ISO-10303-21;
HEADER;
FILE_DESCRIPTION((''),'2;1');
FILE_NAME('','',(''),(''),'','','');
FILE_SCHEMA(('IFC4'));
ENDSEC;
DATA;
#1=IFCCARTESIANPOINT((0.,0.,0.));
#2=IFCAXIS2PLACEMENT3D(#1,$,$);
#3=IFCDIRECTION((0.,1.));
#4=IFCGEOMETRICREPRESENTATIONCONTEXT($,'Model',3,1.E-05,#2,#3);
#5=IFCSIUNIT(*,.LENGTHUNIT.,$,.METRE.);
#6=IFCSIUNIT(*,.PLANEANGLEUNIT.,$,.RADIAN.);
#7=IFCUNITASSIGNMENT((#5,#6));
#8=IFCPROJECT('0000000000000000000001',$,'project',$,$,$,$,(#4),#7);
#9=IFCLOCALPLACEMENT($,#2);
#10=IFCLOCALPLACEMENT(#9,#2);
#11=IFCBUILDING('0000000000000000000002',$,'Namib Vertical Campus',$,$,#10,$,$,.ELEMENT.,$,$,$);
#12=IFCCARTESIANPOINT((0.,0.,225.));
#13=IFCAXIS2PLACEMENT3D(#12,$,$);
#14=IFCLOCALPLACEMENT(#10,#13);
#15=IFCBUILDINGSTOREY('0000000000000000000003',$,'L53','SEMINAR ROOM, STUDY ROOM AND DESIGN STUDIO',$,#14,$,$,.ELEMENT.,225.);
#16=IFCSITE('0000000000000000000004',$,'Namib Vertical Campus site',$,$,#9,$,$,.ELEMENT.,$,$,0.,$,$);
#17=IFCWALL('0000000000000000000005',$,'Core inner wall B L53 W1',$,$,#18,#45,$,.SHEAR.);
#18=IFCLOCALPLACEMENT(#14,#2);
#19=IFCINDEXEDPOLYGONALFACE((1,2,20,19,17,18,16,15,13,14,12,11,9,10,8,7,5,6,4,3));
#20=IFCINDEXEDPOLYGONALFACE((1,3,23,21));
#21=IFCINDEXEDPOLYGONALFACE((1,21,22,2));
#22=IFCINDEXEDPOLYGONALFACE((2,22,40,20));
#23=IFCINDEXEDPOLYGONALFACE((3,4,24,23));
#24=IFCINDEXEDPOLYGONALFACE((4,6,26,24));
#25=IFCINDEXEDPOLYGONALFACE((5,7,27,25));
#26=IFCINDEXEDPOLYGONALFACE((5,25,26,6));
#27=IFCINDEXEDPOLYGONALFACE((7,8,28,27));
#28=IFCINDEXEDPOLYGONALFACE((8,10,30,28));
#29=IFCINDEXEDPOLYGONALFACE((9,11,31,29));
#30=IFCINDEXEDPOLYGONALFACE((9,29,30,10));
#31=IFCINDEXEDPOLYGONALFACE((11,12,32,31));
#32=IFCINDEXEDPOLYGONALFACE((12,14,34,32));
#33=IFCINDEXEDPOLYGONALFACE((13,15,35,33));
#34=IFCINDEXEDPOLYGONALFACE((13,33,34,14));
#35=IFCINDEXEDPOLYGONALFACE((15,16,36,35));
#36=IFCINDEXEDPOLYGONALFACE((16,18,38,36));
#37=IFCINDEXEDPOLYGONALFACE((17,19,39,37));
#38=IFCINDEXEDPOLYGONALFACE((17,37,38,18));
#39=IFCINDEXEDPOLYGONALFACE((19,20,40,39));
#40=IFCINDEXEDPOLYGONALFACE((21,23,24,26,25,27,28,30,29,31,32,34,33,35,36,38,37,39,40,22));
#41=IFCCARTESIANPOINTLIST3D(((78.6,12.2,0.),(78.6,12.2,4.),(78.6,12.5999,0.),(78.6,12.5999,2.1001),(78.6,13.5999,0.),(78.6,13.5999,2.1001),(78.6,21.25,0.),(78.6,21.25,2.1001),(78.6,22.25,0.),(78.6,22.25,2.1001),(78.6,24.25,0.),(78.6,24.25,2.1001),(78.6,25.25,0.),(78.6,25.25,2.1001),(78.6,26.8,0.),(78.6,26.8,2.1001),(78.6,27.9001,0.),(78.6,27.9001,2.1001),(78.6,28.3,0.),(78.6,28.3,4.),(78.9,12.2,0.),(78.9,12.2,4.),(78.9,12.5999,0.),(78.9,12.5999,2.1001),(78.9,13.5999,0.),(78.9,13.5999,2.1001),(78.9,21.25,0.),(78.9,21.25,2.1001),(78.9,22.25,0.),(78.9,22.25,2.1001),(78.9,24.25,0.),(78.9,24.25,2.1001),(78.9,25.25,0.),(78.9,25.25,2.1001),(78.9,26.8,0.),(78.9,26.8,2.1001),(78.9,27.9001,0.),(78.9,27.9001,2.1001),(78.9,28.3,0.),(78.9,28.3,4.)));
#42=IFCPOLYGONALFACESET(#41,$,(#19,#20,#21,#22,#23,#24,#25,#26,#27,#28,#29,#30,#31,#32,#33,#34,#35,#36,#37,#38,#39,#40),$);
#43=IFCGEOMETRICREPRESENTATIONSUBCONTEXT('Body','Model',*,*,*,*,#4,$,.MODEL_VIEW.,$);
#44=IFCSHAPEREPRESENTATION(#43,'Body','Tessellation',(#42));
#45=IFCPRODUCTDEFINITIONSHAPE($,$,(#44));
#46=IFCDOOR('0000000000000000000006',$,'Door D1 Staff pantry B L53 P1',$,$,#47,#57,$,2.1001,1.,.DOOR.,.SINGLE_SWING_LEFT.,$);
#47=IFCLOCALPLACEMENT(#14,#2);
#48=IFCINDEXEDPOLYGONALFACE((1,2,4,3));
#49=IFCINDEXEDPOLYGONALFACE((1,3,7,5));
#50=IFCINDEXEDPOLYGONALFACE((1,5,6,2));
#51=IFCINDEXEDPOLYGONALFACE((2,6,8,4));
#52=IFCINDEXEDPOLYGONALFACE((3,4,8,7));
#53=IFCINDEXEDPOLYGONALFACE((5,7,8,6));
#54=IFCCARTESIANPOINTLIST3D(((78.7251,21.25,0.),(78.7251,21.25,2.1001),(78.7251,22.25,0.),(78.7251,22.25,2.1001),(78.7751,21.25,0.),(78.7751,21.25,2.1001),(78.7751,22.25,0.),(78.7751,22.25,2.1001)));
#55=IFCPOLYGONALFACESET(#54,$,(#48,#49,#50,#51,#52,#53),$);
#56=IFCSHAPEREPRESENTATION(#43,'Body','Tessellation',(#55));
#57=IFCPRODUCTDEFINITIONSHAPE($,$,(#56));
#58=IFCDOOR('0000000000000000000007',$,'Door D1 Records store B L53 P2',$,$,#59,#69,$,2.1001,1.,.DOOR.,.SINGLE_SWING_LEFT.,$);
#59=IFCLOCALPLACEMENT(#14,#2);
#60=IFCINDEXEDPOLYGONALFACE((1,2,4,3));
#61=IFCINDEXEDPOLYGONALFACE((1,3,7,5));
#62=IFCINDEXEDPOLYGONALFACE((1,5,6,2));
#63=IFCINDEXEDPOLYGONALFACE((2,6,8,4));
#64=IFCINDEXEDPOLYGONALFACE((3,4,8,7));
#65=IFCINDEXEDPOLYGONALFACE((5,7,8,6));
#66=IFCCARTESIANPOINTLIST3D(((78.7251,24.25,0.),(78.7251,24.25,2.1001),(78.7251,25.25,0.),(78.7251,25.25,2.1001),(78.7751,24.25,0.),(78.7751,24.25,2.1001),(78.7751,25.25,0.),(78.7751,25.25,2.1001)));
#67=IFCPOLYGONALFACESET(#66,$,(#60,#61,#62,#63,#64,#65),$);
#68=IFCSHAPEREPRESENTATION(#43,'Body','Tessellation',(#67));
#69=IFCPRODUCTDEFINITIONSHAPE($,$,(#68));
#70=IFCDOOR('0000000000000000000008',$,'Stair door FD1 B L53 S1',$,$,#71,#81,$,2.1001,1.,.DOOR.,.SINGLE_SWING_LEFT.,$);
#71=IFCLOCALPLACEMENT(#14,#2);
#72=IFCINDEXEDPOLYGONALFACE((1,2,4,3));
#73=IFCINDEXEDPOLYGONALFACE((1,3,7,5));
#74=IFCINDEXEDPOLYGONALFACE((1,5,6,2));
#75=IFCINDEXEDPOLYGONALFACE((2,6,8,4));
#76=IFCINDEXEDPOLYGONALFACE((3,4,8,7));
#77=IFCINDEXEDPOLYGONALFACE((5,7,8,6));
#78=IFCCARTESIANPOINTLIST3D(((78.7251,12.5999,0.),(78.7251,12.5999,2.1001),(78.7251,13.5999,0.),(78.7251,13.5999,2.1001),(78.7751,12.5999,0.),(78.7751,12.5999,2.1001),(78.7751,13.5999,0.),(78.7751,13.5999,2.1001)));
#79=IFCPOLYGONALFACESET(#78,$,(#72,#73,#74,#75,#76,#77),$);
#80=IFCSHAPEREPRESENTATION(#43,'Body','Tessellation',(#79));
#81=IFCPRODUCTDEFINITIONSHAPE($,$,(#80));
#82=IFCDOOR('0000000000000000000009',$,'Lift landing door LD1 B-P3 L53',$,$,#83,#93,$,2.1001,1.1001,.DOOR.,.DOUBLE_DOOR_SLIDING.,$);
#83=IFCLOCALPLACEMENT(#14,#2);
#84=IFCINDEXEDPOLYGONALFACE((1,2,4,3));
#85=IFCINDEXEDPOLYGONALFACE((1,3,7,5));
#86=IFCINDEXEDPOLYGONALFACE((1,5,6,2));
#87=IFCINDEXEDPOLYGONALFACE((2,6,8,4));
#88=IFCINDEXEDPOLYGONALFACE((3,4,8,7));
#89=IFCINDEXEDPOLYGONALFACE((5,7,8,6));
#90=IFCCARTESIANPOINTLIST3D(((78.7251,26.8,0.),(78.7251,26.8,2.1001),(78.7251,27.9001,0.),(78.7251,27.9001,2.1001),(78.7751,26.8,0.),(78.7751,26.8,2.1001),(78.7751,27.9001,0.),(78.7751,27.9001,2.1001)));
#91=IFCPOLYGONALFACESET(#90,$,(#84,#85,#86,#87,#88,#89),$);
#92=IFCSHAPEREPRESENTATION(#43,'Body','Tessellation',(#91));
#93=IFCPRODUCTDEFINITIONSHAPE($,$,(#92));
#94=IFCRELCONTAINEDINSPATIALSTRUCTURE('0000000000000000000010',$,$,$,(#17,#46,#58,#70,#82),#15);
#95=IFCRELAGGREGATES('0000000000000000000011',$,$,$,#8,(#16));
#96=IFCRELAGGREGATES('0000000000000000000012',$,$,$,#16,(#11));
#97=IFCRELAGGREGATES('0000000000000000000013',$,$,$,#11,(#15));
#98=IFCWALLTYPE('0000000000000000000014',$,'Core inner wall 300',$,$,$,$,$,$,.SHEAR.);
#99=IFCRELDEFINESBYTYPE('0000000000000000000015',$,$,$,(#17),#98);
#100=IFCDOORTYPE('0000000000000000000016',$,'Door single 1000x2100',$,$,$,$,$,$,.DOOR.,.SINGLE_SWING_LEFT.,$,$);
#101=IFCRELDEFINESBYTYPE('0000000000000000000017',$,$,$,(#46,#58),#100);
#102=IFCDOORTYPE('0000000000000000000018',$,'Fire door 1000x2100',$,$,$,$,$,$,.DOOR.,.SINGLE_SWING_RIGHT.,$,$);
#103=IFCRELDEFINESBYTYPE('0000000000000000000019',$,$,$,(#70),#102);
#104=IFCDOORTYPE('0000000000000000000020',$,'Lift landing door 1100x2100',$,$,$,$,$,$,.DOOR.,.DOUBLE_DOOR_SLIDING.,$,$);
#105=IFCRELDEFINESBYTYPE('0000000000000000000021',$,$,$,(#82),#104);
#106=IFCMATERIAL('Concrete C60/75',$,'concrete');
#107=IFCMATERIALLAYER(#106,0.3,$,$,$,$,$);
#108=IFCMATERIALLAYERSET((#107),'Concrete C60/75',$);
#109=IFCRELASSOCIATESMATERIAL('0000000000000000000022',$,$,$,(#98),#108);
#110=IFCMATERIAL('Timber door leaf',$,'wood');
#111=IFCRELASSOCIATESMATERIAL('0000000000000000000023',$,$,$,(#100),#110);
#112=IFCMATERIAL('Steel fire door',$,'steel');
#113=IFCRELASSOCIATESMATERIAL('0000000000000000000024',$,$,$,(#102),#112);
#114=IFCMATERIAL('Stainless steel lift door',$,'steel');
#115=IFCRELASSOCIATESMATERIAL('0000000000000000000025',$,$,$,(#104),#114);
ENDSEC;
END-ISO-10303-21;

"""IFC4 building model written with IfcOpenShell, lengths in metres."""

from ifc_helpers import new_model, si_unit, direction, frame, frame_2d, origin, place, context, subcontext, project, spatial, rectangle, extrude, material, layer, layer_set, type_object, element, fill, save


model = new_model("IFC4")

# Units and contexts
model_context = context("Model", 3, precision=1e-05, world=origin(), true_north=direction((0.0, 1.0)))
body_context = subcontext(model_context, "Body", "Model", "MODEL_VIEW")
ifc_project = project(units=[si_unit("LENGTHUNIT", "METRE"), si_unit("PLANEANGLEUNIT", "RADIAN")], contexts=[model_context])

# Site, building, storey
site_placement = place(None, origin())
site = spatial("IfcSite", under=ifc_project, at=site_placement, Name="Namib Vertical Campus site", CompositionType="ELEMENT", RefElevation=0.0)
building_placement = place(site_placement, origin())
building = spatial("IfcBuilding", under=site, at=building_placement, Name="Namib Vertical Campus", CompositionType="ELEMENT")
storey_placement = place(building_placement, frame((0.0, 0.0, 225.0)))
storey = spatial("IfcBuildingStorey", under=building, at=storey_placement, Name="L53", Description="SEMINAR ROOM, STUDY ROOM AND DESIGN STUDIO", CompositionType="ELEMENT", Elevation=225.0)

# Wall, openings, doors
ifc_material_1 = material(Name="Concrete C60/75", Category="concrete")
ifc_layer_1 = layer(ifc_material_1, 0.3)
ifc_layer_set_1 = layer_set([ifc_layer_1], Name="Concrete C60/75")
wall_type_1 = type_object("IfcWallType", Name="Core inner wall 300", PredefinedType="SHEAR", material=ifc_layer_set_1)
wall_1_placement = place(storey_placement, frame((78.75, 12.2, 0.0), z_axis=(0.0, 0.0, 1.0), x_axis=(0.0, 1.0, 0.0)))
wall_1 = element("IfcWall", 1, at=wall_1_placement, inside=storey, type_object=wall_type_1, Name="Core inner wall B L53 W1", PredefinedType="SHEAR", context=body_context, shape_type="SweptSolid", body=[
    extrude(rectangle(XDim=16.1001, YDim=0.3, at=frame_2d((8.05, 0.0))), origin(), (0.0, 0.0, 1.0), 4.0),
])
opening_1_placement = place(wall_1_placement, frame((0.3999, 0.0, 0.0)))
opening_1 = element("IfcOpeningElement", 2, at=opening_1_placement, cuts=wall_1, PredefinedType="OPENING", context=body_context, shape_type="SweptSolid", body=[
    extrude(rectangle(XDim=1.0, YDim=2.1001, at=frame_2d((0.5, 1.05))), frame((0.0, 0.1599, 0.0), z_axis=(0.0, -1.0, 0.0), x_axis=(1.0, 0.0, 0.0)), (0.0, 0.0, 1.0), 0.3201),
])
opening_2_placement = place(wall_1_placement, frame((14.6001, 0.0, 0.0)))
opening_2 = element("IfcOpeningElement", 3, at=opening_2_placement, cuts=wall_1, PredefinedType="OPENING", context=body_context, shape_type="SweptSolid", body=[
    extrude(rectangle(XDim=1.1001, YDim=2.1001, at=frame_2d((0.55, 1.05))), frame((0.0, 0.1599, 0.0), z_axis=(0.0, -1.0, 0.0), x_axis=(1.0, 0.0, 0.0)), (0.0, 0.0, 1.0), 0.3201),
])
opening_3_placement = place(wall_1_placement, frame((9.05, 0.0, 0.0)))
opening_3 = element("IfcOpeningElement", 4, at=opening_3_placement, cuts=wall_1, PredefinedType="OPENING", context=body_context, shape_type="SweptSolid", body=[
    extrude(rectangle(XDim=1.0, YDim=2.1001, at=frame_2d((0.5, 1.05))), frame((0.0, 0.1599, 0.0), z_axis=(0.0, -1.0, 0.0), x_axis=(1.0, 0.0, 0.0)), (0.0, 0.0, 1.0), 0.3201),
])
opening_4_placement = place(wall_1_placement, frame((12.05, 0.0, 0.0)))
opening_4 = element("IfcOpeningElement", 5, at=opening_4_placement, cuts=wall_1, PredefinedType="OPENING", context=body_context, shape_type="SweptSolid", body=[
    extrude(rectangle(XDim=1.0, YDim=2.1001, at=frame_2d((0.5, 1.05))), frame((0.0, 0.1599, 0.0), z_axis=(0.0, -1.0, 0.0), x_axis=(1.0, 0.0, 0.0)), (0.0, 0.0, 1.0), 0.3201),
])
ifc_material_2 = material(Name="Timber door leaf", Category="wood")
door_type_1 = type_object("IfcDoorType", Name="Door single 1000x2100", OperationType="SINGLE_SWING_LEFT", PredefinedType="DOOR", material=ifc_material_2)
door_1_placement = place(opening_3_placement, origin())
door_1 = element("IfcDoor", 6, at=door_1_placement, inside=storey, type_object=door_type_1, Name="Door D1 Staff pantry B L53 P1", OperationType="SINGLE_SWING_LEFT", OverallHeight=2.1001, OverallWidth=1.0, PredefinedType="DOOR", context=body_context, shape_type="SweptSolid", body=[
    extrude(rectangle(XDim=1.0, YDim=2.1001, at=frame_2d((0.5, 1.05))), frame((0.0, 0.0249, 0.0), z_axis=(0.0, -1.0, 0.0), x_axis=(1.0, 0.0, 0.0)), (0.0, 0.0, 1.0), 0.05),
])
fill(opening_3, door_1)
door_2_placement = place(opening_4_placement, origin())
door_2 = element("IfcDoor", 7, at=door_2_placement, inside=storey, type_object=door_type_1, Name="Door D1 Records store B L53 P2", OperationType="SINGLE_SWING_LEFT", OverallHeight=2.1001, OverallWidth=1.0, PredefinedType="DOOR", context=body_context, shape_type="SweptSolid", body=[
    extrude(rectangle(XDim=1.0, YDim=2.1001, at=frame_2d((0.5, 1.05))), frame((0.0, 0.0249, 0.0), z_axis=(0.0, -1.0, 0.0), x_axis=(1.0, 0.0, 0.0)), (0.0, 0.0, 1.0), 0.05),
])
fill(opening_4, door_2)
ifc_material_3 = material(Name="Steel fire door", Category="steel")
door_type_2 = type_object("IfcDoorType", Name="Fire door 1000x2100", OperationType="SINGLE_SWING_RIGHT", PredefinedType="DOOR", material=ifc_material_3)
door_3_placement = place(opening_1_placement, origin())
door_3 = element("IfcDoor", 8, at=door_3_placement, inside=storey, type_object=door_type_2, Name="Stair door FD1 B L53 S1", OperationType="SINGLE_SWING_LEFT", OverallHeight=2.1001, OverallWidth=1.0, PredefinedType="DOOR", context=body_context, shape_type="SweptSolid", body=[
    extrude(rectangle(XDim=1.0, YDim=2.1001, at=frame_2d((0.5, 1.05))), frame((0.0, 0.0249, 0.0), z_axis=(0.0, -1.0, 0.0), x_axis=(1.0, 0.0, 0.0)), (0.0, 0.0, 1.0), 0.05),
])
fill(opening_1, door_3)
ifc_material_4 = material(Name="Stainless steel lift door", Category="steel")
door_type_3 = type_object("IfcDoorType", Name="Lift landing door 1100x2100", OperationType="DOUBLE_DOOR_SLIDING", PredefinedType="DOOR", material=ifc_material_4)
door_4_placement = place(opening_2_placement, origin())
door_4 = element("IfcDoor", 9, at=door_4_placement, inside=storey, type_object=door_type_3, Name="Lift landing door LD1 B-P3 L53", OperationType="DOUBLE_DOOR_SLIDING", OverallHeight=2.1001, OverallWidth=1.1001, PredefinedType="DOOR", context=body_context, shape_type="SweptSolid", body=[
    extrude(rectangle(XDim=1.1001, YDim=2.1001, at=frame_2d((0.55, 1.05))), frame((0.0, 0.0249, 0.0), z_axis=(0.0, -1.0, 0.0), x_axis=(1.0, 0.0, 0.0)), (0.0, 0.0, 1.0), 0.05),
])
fill(opening_2, door_4)

save(model, "model.ifc")
